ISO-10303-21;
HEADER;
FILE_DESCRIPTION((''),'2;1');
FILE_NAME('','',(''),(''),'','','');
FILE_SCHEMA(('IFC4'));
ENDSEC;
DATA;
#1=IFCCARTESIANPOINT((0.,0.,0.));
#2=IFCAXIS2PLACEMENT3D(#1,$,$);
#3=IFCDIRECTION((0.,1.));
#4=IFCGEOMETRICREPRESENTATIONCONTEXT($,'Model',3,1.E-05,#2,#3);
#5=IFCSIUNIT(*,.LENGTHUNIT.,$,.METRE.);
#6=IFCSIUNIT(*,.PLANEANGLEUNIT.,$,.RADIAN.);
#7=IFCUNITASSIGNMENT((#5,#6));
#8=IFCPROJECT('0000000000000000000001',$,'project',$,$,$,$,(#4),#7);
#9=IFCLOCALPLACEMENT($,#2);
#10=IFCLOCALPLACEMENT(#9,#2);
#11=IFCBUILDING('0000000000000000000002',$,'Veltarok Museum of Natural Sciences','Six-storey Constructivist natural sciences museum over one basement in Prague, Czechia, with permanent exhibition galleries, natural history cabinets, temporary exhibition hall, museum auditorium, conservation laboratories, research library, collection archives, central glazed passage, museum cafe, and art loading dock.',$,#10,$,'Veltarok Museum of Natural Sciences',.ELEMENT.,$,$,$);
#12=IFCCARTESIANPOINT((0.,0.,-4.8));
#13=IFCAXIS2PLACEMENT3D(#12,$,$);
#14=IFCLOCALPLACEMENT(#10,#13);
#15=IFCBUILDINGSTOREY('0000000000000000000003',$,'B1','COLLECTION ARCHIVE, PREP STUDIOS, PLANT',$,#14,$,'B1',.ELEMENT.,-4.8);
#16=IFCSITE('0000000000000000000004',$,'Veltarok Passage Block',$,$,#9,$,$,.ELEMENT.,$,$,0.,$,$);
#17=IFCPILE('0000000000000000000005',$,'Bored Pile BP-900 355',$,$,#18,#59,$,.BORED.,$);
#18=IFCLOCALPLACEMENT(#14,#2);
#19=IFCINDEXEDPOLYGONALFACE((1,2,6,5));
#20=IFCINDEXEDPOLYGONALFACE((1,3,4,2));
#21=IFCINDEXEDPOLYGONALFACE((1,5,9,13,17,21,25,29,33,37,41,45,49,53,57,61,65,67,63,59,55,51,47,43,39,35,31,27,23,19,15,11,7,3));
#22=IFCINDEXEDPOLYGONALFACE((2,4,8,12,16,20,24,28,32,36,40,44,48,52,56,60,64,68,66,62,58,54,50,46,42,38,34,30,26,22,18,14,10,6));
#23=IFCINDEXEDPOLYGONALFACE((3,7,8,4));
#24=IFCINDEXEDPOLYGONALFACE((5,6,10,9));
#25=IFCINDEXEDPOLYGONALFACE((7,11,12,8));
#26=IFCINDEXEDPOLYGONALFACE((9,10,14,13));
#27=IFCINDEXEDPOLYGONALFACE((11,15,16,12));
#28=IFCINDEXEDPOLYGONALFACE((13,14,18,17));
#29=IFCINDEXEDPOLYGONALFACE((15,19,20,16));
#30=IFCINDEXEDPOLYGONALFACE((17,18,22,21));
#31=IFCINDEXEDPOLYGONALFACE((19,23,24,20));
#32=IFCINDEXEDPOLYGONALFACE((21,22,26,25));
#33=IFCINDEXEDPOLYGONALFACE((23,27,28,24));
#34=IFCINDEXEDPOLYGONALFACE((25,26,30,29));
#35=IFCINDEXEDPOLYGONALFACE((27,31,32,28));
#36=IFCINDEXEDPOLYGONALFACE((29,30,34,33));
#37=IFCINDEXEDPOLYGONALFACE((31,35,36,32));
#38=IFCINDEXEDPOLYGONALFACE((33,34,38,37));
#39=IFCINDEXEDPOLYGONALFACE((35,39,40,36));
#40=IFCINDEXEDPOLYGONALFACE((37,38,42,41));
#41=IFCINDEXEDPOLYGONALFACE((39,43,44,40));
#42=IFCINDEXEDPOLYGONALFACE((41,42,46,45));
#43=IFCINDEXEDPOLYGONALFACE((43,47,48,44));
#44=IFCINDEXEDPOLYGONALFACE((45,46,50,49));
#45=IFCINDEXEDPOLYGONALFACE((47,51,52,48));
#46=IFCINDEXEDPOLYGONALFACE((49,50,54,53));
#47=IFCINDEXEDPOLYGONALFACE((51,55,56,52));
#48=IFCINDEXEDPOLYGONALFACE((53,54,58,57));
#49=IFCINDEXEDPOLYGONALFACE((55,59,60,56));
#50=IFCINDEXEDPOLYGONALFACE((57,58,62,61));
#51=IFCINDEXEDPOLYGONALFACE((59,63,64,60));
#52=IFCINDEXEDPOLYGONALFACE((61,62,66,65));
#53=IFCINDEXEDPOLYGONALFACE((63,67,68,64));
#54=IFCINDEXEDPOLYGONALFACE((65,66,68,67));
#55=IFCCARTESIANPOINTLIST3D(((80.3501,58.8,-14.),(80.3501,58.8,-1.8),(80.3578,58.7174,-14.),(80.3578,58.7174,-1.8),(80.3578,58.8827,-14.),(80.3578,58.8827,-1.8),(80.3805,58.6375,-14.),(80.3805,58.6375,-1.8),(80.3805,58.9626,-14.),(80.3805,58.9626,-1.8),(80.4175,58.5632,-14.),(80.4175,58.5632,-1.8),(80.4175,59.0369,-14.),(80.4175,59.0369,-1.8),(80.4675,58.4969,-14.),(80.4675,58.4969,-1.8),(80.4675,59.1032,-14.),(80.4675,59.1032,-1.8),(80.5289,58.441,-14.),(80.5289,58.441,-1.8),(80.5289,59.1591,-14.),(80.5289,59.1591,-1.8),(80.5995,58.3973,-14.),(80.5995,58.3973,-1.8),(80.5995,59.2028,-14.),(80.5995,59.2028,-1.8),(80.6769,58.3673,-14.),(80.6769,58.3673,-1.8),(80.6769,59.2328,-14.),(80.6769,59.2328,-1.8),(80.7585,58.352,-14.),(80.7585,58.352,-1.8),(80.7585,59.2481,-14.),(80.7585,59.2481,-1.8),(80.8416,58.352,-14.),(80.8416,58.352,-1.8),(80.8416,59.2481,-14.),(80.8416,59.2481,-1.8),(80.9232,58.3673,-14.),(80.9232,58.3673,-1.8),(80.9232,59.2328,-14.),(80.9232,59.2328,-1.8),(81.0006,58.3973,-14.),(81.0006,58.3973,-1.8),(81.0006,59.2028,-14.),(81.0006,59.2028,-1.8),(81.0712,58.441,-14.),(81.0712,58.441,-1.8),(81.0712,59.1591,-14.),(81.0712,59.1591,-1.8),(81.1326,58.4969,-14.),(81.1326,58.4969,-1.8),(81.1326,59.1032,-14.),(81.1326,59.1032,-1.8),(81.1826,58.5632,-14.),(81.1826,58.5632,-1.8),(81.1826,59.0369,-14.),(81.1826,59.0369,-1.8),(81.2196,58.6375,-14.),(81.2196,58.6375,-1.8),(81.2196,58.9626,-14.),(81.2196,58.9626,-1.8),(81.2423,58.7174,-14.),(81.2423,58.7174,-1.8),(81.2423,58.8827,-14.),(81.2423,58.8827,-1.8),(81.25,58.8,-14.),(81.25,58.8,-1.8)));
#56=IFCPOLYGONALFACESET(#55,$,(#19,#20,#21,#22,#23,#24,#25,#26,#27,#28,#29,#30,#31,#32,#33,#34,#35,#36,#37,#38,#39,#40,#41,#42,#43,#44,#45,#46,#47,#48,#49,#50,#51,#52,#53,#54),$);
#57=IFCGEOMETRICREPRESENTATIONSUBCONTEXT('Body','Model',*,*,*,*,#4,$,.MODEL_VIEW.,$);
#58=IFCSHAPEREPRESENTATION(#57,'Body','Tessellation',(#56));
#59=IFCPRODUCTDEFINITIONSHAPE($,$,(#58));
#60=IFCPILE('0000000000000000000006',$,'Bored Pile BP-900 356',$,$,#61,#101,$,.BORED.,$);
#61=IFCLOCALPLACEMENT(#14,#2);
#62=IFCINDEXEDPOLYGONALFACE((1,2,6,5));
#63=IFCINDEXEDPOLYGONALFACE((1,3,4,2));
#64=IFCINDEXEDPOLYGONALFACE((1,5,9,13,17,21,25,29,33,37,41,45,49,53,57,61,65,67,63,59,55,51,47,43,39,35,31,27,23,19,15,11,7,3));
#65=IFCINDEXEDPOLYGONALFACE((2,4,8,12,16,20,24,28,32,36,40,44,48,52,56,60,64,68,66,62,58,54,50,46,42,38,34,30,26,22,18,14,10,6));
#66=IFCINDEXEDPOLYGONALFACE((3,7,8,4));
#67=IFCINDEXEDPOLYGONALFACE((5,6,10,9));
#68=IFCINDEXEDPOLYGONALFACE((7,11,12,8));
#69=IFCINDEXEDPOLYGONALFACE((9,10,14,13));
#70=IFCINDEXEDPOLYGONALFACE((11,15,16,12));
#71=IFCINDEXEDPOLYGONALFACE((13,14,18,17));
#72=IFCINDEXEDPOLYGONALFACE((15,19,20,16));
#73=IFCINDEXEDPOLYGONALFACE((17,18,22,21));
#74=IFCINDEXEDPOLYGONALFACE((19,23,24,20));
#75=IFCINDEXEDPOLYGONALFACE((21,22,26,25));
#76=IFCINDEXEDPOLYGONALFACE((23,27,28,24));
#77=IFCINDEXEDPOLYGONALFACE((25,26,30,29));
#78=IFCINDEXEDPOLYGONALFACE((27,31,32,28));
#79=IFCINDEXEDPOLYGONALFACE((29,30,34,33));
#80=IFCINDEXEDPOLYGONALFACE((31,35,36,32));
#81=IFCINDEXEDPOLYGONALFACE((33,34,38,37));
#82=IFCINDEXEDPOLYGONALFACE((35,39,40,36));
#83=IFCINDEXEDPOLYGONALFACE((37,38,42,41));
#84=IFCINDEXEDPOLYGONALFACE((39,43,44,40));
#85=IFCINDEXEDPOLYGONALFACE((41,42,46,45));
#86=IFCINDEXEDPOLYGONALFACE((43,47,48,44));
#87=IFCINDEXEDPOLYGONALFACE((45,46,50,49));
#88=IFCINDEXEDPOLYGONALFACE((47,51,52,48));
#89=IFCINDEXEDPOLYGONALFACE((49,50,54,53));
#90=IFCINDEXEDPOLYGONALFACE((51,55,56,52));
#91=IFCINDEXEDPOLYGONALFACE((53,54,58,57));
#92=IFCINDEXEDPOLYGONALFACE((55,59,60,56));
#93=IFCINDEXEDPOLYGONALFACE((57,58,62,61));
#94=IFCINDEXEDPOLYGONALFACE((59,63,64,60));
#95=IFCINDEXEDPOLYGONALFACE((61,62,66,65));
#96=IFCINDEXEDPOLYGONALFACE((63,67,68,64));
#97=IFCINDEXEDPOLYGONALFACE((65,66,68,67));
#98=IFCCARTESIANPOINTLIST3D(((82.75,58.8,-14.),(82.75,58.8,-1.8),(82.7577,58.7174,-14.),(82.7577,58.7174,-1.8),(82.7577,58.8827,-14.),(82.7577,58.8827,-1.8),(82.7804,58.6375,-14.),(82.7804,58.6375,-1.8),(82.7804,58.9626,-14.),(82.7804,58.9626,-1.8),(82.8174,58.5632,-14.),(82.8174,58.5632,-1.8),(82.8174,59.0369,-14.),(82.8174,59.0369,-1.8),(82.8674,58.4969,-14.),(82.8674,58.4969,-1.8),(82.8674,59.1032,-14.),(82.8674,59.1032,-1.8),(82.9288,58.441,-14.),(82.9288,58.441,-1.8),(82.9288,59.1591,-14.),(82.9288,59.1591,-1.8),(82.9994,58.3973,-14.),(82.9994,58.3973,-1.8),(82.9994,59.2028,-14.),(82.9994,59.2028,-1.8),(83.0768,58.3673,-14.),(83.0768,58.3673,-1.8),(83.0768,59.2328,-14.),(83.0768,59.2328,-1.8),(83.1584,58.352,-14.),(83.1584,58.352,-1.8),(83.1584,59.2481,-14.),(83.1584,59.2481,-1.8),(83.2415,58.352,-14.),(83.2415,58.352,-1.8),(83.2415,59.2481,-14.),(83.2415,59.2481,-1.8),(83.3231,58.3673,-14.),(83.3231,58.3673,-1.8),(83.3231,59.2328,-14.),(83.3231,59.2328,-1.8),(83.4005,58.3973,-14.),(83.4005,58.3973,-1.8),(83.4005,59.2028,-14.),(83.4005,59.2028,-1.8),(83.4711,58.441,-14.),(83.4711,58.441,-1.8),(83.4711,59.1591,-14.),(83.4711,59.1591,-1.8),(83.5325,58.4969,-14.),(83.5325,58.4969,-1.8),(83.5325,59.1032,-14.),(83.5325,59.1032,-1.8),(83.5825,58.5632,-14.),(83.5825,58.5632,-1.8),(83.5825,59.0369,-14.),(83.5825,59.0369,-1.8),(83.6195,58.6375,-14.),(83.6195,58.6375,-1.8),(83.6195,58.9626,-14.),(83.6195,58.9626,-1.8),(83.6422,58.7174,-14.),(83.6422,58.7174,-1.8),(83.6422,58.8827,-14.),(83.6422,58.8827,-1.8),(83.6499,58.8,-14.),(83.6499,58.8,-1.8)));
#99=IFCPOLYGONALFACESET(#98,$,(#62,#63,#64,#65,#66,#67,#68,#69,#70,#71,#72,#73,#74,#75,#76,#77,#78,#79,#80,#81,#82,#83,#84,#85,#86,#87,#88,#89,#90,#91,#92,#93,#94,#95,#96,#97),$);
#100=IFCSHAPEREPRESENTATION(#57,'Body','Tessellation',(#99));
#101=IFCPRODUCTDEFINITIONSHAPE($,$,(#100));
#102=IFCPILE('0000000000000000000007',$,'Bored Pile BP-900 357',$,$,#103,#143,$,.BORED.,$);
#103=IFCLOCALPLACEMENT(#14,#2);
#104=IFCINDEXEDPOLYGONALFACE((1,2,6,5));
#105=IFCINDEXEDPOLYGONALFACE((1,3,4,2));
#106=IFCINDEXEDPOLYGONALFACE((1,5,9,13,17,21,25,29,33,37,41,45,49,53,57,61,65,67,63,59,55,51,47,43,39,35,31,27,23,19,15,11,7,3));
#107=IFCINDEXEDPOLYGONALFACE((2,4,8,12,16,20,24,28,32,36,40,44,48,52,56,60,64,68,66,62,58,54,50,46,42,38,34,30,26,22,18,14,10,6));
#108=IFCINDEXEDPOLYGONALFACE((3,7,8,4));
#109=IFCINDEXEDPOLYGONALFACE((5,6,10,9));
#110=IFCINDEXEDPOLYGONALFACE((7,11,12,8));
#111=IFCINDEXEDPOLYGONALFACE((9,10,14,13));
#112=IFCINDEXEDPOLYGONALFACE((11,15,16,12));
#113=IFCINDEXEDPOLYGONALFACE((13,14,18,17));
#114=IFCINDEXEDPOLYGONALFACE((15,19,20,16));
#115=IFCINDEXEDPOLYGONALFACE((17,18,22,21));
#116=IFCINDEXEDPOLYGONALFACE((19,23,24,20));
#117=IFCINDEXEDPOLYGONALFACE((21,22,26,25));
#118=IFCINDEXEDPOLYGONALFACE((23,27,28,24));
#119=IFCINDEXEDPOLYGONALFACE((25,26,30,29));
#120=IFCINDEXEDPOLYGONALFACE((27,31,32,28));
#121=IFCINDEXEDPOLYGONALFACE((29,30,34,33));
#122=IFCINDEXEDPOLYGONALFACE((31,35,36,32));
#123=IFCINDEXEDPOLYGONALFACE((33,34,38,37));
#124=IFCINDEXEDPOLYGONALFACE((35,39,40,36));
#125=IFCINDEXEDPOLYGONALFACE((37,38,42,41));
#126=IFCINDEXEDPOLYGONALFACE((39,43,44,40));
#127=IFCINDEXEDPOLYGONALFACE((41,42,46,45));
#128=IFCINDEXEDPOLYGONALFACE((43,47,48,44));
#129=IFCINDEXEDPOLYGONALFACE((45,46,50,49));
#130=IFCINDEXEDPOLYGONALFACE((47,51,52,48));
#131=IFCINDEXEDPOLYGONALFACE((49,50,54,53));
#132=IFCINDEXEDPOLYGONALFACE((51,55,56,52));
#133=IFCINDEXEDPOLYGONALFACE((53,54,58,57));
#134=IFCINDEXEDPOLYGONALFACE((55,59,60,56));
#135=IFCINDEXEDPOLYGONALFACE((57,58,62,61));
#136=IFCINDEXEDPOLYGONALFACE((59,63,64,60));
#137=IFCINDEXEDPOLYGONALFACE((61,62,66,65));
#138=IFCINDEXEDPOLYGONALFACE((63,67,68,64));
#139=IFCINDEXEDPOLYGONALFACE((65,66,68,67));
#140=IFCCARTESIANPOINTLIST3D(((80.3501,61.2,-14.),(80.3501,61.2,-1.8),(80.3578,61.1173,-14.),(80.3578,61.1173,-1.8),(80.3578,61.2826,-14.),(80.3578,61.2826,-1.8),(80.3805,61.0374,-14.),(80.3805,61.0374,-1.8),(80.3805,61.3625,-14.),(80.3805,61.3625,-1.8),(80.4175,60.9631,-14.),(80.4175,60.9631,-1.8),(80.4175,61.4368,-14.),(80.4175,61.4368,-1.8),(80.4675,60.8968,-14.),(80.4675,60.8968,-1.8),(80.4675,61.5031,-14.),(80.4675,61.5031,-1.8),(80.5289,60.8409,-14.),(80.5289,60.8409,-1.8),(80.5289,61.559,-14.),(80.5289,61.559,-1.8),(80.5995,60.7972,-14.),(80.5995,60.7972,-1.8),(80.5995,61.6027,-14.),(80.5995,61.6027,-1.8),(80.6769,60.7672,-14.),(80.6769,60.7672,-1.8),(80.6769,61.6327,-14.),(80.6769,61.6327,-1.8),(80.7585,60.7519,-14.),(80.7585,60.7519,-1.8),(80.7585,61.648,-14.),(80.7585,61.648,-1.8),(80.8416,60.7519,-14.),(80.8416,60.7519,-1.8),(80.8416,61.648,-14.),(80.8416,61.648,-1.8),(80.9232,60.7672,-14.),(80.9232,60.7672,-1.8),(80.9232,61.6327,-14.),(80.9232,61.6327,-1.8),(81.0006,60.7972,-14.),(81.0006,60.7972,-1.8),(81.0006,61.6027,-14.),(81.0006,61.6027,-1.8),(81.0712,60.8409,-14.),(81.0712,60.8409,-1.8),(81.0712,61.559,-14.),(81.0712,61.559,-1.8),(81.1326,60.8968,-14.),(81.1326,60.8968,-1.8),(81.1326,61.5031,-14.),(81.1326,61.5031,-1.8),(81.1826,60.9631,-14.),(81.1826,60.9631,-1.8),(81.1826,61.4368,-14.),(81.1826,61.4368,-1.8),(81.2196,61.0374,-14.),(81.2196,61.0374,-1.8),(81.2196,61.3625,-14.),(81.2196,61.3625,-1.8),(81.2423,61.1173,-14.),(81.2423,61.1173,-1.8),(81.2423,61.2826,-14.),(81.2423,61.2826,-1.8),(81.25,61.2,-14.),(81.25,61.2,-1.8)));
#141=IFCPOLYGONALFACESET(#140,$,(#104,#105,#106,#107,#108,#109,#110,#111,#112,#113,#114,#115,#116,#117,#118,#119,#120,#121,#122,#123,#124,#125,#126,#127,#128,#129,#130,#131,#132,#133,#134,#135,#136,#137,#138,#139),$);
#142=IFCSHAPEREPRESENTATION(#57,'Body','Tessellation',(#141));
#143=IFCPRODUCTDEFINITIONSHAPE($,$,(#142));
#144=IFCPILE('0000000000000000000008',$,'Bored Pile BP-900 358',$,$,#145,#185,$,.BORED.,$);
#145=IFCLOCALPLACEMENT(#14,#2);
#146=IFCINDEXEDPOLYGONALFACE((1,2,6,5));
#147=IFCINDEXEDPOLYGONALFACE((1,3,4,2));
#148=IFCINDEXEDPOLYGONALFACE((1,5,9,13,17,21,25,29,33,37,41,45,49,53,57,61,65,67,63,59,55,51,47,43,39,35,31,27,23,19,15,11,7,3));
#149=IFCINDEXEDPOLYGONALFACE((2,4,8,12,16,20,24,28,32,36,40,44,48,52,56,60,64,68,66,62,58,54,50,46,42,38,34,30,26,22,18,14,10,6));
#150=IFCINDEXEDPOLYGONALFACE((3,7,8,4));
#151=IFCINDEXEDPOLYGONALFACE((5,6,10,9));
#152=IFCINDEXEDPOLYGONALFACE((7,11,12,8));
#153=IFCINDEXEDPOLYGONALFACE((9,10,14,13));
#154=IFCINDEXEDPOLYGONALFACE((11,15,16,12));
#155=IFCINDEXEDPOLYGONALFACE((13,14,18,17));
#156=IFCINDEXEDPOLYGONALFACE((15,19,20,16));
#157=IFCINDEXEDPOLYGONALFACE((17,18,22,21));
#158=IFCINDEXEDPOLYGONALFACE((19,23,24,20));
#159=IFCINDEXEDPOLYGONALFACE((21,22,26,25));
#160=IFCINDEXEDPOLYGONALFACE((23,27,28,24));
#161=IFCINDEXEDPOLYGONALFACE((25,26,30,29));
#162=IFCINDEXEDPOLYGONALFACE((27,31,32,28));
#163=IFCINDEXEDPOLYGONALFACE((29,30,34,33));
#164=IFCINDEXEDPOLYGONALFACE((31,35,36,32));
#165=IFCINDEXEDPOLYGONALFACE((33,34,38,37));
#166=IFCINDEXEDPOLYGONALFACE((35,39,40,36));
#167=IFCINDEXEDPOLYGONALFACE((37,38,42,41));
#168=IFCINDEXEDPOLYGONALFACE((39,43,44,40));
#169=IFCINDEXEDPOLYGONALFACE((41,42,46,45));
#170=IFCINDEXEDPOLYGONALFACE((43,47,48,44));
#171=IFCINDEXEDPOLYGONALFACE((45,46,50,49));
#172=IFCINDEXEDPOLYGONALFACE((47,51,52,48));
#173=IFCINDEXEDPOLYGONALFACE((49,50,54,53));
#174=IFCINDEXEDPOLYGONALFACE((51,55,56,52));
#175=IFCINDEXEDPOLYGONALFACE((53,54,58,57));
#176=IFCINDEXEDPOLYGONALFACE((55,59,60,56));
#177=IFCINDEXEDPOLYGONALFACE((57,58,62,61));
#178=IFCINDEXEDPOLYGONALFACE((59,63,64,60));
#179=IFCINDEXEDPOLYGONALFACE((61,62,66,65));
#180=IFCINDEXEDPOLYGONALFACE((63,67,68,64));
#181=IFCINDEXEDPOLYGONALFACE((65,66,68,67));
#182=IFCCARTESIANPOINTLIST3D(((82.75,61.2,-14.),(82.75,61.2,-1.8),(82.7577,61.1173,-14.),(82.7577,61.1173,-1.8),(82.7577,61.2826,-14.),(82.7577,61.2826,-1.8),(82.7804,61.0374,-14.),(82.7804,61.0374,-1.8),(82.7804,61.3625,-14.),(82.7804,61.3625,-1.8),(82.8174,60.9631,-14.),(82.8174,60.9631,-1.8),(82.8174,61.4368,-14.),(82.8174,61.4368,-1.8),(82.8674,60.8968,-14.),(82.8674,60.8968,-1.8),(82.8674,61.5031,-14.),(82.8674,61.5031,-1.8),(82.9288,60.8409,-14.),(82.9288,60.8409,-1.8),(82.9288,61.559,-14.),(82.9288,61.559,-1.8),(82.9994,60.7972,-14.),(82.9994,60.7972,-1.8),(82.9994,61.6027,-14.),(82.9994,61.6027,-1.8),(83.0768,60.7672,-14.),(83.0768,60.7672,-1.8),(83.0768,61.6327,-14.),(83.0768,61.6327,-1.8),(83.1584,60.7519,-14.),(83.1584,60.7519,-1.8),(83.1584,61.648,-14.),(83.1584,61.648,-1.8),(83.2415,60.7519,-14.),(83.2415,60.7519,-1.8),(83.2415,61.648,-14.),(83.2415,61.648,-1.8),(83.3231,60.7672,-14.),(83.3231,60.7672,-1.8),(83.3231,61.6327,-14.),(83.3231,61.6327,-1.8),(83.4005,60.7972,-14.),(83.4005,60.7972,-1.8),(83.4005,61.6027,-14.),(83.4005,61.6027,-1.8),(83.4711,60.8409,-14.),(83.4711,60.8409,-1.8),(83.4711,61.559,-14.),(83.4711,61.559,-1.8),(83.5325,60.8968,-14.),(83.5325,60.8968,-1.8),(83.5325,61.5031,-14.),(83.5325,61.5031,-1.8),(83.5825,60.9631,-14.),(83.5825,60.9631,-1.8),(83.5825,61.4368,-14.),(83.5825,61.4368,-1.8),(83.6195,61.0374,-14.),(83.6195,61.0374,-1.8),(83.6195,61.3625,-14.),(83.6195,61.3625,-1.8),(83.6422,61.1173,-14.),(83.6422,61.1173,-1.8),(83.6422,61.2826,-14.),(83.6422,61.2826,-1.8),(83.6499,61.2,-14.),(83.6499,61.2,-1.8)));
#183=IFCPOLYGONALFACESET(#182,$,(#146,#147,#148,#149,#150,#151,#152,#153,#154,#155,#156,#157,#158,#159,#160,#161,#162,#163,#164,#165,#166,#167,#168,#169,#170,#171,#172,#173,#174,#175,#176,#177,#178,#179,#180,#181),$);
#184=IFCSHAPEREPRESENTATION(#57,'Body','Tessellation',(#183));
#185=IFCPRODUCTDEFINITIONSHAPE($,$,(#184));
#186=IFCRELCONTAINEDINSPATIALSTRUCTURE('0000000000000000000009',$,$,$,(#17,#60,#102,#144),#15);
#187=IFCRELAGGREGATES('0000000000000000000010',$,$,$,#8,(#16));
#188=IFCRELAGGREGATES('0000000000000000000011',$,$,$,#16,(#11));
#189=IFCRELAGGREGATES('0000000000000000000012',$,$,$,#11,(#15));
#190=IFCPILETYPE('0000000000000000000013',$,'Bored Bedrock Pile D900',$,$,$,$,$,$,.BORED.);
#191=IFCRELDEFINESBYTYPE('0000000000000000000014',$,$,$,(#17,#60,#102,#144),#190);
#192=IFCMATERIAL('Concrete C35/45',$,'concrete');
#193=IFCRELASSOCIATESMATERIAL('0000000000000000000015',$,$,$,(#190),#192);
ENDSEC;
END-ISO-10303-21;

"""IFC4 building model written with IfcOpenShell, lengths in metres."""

from ifc_helpers import new_model, si_unit, direction, frame, origin, origin_2d, place, context, subcontext, project, spatial, circle, extrude, material, material_profile, profile_set, type_object, element, save


model = new_model("IFC4")

# Units and contexts
model_context = context("Model", 3, precision=1e-05, world=origin(), true_north=direction((0.0, 1.0)))
body_context = subcontext(model_context, "Body", "Model", "MODEL_VIEW")
ifc_project = project(units=[si_unit("LENGTHUNIT", "METRE"), si_unit("PLANEANGLEUNIT", "RADIAN")], contexts=[model_context])

# Site, building, storey
site_placement = place(None, origin())
site = spatial("IfcSite", under=ifc_project, at=site_placement, Name="Veltarok Passage Block", CompositionType="ELEMENT", RefElevation=0.0)
building_placement = place(site_placement, origin())
building = spatial("IfcBuilding", under=site, at=building_placement, Name="Veltarok Museum of Natural Sciences", Description="Six-storey Constructivist natural sciences museum over one basement in Prague, Czechia, with permanent exhibition galleries, natural history cabinets, temporary exhibition hall, museum auditorium, conservation laboratories, research library, collection archives, central glazed passage, museum cafe, and art loading dock.", LongName="Veltarok Museum of Natural Sciences", CompositionType="ELEMENT")
storey_placement = place(building_placement, frame((0.0, 0.0, -4.8)))
storey = spatial("IfcBuildingStorey", under=building, at=storey_placement, Name="B1", Description="COLLECTION ARCHIVE, PREP STUDIOS, PLANT", LongName="B1", CompositionType="ELEMENT", Elevation=-4.8)

# Piles
ifc_material_1 = material(Name="Concrete C35/45", Category="concrete")
ifc_material_profile_1 = material_profile(ifc_material_1, circle(Radius=0.45, at=origin_2d()), Name="BP D900")
ifc_profile_set_1 = profile_set([ifc_material_profile_1], Name="Concrete C35/45")
pile_type = type_object("IfcPileType", Name="Bored Bedrock Pile D900", PredefinedType="BORED", material=ifc_profile_set_1)
for number, where, z_axis, x_axis, name in (
    (1, (80.8, 58.8, -1.8), (0.0, 0.0, -1.0), (1.0, 0.0, 0.0), "Bored Pile BP-900 355"),
    (2, (83.2, 58.8, -1.8), (0.0, 0.0, -1.0), (1.0, 0.0, 0.0), "Bored Pile BP-900 356"),
    (3, (80.8, 61.2, -1.8), (0.0, 0.0, -1.0), (1.0, 0.0, 0.0), "Bored Pile BP-900 357"),
    (4, (83.2, 61.2, -1.8), (0.0, 0.0, -1.0), (1.0, 0.0, 0.0), "Bored Pile BP-900 358"),
):
    element("IfcPile", number, at=place(storey_placement, frame(where, z_axis=z_axis, x_axis=x_axis)), inside=storey, type_object=pile_type, Name=name, PredefinedType="BORED", context=body_context, shape_type="SweptSolid", body=[
        extrude(circle(Radius=0.45, at=origin_2d()), origin(), (0.0, 0.0, 1.0), 12.2),
    ])

save(model, "model.ifc")
